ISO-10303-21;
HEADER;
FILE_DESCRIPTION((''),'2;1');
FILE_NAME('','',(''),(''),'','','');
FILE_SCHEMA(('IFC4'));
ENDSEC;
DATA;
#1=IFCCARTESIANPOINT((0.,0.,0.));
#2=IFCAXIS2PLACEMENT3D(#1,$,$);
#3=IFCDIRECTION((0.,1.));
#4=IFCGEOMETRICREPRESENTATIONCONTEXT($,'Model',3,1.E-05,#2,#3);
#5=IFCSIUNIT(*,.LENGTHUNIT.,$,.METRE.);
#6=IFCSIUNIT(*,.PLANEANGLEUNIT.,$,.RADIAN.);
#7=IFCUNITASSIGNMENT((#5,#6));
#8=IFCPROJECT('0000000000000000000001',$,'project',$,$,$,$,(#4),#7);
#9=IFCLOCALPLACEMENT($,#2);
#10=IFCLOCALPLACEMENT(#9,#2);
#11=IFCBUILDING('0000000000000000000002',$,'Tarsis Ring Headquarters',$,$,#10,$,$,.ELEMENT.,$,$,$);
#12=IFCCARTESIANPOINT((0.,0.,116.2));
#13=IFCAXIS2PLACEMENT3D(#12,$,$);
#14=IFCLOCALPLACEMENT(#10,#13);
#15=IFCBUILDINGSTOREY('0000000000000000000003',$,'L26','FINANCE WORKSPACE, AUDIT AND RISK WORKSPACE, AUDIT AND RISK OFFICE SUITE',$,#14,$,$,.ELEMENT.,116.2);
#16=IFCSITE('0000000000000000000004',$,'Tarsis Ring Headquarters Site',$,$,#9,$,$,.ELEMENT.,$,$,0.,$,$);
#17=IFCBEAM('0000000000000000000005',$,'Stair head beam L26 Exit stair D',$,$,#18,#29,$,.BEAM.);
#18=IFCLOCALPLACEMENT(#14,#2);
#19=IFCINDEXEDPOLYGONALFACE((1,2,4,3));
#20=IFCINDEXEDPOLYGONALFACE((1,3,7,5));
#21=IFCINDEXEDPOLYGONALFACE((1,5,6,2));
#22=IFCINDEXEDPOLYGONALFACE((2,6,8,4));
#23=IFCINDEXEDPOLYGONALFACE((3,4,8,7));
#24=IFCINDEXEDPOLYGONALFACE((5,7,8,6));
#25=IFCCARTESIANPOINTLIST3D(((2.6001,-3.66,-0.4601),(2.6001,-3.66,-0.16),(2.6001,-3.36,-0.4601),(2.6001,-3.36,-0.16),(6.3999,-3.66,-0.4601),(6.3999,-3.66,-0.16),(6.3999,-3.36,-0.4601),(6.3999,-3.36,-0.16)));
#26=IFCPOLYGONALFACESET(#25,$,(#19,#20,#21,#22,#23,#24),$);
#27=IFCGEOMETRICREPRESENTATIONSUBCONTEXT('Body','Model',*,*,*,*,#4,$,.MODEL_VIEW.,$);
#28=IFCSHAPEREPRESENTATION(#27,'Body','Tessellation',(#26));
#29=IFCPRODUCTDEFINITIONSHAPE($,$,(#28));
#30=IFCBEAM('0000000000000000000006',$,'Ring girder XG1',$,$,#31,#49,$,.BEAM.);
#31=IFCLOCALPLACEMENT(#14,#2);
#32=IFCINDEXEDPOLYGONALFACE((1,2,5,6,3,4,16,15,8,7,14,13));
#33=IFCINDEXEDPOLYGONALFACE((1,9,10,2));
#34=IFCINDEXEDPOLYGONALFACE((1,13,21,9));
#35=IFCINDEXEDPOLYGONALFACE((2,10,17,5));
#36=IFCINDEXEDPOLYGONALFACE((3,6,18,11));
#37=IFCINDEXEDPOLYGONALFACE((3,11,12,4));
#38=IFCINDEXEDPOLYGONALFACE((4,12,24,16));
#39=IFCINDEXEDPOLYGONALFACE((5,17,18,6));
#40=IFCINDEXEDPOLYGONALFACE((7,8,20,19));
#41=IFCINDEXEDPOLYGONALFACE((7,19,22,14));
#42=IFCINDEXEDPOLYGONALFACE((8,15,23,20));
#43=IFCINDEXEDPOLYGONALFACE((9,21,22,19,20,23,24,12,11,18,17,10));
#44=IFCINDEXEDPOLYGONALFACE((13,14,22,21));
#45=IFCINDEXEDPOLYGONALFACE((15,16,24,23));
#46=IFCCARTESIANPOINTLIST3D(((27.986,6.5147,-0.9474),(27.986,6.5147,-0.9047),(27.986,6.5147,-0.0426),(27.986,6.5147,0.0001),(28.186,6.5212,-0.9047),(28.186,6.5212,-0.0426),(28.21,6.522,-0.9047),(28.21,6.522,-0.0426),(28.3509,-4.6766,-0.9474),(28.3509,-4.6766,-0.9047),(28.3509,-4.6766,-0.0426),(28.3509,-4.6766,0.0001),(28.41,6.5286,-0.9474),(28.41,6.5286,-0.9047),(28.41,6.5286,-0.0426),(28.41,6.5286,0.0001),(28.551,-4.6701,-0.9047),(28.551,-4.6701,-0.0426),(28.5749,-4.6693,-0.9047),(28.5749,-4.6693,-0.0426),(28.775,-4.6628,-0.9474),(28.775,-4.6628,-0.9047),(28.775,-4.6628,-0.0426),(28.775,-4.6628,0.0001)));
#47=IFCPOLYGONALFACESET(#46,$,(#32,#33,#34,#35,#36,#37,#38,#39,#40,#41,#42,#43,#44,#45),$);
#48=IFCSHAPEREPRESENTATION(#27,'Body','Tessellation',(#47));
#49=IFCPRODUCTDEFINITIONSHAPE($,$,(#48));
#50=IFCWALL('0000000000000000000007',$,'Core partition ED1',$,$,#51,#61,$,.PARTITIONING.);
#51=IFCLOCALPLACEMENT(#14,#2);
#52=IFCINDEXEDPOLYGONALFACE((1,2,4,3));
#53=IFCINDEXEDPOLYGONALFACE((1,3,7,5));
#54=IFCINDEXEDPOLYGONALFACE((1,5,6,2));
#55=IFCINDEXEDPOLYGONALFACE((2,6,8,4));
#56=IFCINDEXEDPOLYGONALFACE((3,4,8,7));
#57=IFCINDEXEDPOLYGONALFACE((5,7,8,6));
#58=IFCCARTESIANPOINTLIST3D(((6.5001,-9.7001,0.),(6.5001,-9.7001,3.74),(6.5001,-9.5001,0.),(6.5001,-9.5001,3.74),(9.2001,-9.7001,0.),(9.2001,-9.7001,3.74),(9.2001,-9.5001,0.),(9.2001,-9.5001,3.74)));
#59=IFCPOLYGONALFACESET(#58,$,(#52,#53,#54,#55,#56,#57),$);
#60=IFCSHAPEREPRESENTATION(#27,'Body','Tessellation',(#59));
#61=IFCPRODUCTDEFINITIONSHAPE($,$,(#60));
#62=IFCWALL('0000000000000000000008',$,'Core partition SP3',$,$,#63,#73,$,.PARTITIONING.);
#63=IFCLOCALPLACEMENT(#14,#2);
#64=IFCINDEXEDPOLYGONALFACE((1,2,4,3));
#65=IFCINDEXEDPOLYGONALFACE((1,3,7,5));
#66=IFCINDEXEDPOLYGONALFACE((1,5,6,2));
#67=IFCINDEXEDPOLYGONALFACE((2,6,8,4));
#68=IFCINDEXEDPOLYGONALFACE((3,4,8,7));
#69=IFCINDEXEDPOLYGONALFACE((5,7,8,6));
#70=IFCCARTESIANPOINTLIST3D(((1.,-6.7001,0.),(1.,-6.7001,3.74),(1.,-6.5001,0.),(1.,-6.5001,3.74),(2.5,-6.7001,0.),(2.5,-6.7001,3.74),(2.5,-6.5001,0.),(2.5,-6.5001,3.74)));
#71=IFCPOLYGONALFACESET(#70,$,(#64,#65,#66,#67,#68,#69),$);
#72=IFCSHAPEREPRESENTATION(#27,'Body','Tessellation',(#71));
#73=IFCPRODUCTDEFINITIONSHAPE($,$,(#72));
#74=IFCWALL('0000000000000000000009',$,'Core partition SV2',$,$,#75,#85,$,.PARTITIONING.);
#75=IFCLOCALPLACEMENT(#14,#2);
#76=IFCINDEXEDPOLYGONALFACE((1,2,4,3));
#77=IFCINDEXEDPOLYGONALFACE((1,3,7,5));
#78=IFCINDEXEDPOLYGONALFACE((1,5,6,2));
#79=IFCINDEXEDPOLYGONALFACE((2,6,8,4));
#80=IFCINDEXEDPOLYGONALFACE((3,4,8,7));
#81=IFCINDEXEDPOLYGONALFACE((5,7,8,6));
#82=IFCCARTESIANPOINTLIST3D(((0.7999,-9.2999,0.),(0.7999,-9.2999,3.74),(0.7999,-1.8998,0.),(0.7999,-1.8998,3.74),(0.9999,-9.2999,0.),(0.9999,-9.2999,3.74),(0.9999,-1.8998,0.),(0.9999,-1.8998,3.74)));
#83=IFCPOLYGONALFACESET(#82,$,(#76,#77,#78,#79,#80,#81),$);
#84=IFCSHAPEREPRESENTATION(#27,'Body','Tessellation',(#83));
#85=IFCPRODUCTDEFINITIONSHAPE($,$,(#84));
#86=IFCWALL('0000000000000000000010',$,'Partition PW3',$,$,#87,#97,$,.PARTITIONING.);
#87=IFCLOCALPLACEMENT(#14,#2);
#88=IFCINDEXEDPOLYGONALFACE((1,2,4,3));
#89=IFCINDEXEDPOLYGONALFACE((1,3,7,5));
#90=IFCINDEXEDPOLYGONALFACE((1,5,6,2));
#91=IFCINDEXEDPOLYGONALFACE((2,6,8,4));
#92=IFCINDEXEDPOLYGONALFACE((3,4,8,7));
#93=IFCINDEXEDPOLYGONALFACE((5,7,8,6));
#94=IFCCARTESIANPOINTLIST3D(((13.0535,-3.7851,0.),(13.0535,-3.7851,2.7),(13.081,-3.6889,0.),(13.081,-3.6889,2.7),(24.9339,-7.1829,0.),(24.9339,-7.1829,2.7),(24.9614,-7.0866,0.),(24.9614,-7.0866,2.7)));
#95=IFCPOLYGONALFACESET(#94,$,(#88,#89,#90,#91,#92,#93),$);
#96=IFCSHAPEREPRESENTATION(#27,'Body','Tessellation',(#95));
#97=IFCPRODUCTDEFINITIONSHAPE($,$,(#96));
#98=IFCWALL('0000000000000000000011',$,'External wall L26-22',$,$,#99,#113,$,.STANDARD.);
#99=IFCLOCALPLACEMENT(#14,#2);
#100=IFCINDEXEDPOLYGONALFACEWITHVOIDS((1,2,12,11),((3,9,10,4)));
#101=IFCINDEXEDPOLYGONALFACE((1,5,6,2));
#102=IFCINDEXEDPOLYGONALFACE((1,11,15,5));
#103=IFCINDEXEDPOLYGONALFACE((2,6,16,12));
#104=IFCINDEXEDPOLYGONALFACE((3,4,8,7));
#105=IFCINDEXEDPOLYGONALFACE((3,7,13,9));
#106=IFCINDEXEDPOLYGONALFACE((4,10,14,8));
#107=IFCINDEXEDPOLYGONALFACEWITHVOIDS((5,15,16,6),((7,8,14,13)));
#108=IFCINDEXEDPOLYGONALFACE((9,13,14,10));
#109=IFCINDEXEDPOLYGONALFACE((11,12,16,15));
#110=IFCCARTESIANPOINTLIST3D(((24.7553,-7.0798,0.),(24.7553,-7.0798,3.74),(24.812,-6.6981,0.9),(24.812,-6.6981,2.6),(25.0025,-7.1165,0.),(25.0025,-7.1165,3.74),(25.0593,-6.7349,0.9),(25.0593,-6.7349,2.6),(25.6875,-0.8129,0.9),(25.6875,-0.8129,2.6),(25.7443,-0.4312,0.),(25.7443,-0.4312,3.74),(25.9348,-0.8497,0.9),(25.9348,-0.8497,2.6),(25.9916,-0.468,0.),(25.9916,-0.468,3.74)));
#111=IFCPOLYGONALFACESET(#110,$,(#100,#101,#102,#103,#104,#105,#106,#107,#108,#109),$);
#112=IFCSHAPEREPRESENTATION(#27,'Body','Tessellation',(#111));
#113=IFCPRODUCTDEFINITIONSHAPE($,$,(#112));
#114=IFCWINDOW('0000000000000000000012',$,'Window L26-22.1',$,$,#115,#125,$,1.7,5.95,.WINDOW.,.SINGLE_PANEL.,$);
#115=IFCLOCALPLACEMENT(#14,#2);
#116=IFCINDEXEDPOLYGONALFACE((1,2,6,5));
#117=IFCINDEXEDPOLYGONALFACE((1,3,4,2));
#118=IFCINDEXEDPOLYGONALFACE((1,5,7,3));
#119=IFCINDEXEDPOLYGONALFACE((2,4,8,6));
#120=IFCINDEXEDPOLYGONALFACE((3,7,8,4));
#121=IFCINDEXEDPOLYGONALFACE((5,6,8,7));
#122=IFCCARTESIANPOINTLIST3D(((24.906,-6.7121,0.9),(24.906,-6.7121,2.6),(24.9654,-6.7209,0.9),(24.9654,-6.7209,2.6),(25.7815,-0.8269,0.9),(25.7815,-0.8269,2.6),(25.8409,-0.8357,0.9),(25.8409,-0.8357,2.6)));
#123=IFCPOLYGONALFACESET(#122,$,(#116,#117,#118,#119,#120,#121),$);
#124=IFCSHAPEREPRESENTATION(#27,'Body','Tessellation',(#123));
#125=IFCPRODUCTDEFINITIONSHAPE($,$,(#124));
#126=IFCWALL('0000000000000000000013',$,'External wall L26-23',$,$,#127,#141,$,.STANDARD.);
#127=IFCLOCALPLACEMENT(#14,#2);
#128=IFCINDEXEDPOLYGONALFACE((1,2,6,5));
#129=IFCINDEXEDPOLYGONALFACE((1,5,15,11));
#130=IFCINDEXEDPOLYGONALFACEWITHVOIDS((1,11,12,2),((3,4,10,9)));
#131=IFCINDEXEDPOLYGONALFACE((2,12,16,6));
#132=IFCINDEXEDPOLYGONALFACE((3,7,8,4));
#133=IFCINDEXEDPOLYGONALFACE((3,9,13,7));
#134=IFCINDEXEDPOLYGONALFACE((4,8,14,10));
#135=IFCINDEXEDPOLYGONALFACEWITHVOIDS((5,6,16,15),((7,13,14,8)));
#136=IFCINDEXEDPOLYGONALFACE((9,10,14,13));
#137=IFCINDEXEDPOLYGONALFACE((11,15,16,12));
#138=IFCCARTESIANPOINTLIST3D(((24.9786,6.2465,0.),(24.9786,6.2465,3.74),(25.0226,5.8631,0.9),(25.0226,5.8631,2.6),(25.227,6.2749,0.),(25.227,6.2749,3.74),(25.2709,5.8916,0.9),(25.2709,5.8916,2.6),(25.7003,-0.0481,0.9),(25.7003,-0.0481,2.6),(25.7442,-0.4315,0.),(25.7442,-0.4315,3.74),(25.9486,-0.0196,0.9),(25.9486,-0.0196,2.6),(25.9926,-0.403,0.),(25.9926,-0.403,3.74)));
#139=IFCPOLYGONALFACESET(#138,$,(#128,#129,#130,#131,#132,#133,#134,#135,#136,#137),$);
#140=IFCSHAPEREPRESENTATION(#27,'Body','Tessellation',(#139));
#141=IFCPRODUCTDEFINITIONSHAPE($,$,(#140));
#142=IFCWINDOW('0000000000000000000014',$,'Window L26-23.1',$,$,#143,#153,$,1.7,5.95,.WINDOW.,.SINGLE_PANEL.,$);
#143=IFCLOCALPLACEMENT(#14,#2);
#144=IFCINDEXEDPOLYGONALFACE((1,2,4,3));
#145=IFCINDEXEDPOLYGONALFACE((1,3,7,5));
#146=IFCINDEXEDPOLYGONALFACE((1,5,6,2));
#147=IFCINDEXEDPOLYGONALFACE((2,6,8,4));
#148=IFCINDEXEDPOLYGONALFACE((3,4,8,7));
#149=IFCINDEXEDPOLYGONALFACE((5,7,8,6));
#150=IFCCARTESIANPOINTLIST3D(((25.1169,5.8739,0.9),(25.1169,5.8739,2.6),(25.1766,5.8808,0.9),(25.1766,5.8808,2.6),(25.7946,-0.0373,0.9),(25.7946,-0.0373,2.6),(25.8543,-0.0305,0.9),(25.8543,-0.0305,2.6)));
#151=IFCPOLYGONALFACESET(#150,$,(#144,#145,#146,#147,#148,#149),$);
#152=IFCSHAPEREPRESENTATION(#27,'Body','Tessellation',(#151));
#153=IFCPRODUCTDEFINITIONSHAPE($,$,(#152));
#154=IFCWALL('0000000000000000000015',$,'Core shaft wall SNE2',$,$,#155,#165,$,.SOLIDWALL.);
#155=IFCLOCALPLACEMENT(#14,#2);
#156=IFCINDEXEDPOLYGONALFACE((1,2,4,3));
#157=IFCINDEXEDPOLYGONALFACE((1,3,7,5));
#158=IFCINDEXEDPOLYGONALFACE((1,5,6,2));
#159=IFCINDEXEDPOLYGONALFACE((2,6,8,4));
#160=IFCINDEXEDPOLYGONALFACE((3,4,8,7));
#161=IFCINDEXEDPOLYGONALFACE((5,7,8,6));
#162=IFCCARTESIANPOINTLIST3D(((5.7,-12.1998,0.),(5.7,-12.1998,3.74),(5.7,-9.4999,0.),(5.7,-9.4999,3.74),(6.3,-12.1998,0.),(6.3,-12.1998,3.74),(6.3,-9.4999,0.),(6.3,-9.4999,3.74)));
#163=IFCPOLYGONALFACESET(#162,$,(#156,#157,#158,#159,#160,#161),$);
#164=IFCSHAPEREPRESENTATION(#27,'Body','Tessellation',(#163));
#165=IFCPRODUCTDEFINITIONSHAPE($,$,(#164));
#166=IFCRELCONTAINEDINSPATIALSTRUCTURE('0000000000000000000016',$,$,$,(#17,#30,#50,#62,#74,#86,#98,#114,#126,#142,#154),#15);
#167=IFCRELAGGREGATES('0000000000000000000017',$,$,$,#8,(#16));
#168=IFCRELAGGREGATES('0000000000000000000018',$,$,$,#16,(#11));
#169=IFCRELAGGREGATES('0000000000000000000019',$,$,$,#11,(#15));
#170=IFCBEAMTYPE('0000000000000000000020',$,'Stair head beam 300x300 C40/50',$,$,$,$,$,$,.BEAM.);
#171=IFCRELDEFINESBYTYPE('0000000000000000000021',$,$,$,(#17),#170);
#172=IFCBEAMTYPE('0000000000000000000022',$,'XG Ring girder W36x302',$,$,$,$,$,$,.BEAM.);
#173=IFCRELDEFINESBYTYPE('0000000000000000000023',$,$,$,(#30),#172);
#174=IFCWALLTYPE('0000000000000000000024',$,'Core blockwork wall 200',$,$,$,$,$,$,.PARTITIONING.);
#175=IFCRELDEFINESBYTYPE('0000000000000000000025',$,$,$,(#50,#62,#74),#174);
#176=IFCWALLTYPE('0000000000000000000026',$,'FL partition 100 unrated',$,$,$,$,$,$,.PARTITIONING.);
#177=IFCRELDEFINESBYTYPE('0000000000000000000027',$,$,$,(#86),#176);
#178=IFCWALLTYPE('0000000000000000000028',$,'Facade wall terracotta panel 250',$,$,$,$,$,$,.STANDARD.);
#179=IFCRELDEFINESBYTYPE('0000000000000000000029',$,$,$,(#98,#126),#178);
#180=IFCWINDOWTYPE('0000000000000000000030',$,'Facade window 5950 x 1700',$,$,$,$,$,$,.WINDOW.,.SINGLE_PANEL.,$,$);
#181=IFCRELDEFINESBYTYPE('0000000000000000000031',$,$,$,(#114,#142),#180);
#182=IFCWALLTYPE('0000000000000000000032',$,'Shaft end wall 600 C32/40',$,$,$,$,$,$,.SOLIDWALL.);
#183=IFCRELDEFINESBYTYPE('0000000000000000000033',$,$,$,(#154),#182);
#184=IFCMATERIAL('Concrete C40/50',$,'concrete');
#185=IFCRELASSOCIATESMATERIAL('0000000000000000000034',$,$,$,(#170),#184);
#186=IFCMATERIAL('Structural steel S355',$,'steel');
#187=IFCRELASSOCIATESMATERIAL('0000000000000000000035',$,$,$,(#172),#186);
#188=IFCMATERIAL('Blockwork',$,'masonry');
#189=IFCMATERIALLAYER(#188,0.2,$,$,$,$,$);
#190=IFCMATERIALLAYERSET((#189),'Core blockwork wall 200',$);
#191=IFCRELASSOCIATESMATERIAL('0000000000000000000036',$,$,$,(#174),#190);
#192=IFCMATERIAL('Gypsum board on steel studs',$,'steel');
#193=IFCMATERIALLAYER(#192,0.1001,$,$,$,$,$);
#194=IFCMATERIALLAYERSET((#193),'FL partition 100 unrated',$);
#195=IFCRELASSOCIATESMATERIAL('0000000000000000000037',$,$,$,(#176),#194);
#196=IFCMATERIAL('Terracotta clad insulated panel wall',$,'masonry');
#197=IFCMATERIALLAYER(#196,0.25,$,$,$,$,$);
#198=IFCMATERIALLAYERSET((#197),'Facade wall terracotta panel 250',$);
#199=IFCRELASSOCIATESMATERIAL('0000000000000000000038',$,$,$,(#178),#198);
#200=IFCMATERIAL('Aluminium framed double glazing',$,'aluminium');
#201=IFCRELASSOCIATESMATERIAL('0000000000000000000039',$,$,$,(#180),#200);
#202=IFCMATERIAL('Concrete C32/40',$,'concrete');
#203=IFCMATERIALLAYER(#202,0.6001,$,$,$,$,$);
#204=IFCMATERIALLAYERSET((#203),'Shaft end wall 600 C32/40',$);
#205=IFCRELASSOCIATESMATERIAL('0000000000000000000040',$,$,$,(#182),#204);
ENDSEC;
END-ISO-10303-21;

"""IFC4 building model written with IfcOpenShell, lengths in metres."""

from ifc_helpers import new_model, si_unit, direction, frame, frame_2d, origin, origin_2d, place, context, subcontext, project, spatial, rectangle, i_section, extrude, material, layer, layer_set, material_profile, profile_set, type_object, element, fill, save


model = new_model("IFC4")

# Units and contexts
model_context = context("Model", 3, precision=1e-05, world=origin(), true_north=direction((0.0, 1.0)))
body_context = subcontext(model_context, "Body", "Model", "MODEL_VIEW")
ifc_project = project(units=[si_unit("LENGTHUNIT", "METRE"), si_unit("PLANEANGLEUNIT", "RADIAN")], contexts=[model_context])

# Site, building, storey
site_placement = place(None, origin())
site = spatial("IfcSite", under=ifc_project, at=site_placement, Name="Tarsis Ring Headquarters Site", CompositionType="ELEMENT", RefElevation=0.0)
building_placement = place(site_placement, origin())
building = spatial("IfcBuilding", under=site, at=building_placement, Name="Tarsis Ring Headquarters", CompositionType="ELEMENT")
storey_placement = place(building_placement, frame((0.0, 0.0, 116.2)))
storey = spatial("IfcBuildingStorey", under=building, at=storey_placement, Name="L26", Description="FINANCE WORKSPACE, AUDIT AND RISK WORKSPACE, AUDIT AND RISK OFFICE SUITE", CompositionType="ELEMENT", Elevation=116.2)

# Shared definitions
ifc_material_1 = material(Name="Structural steel S355", Category="steel")

# Beams
ifc_material_2 = material(Name="Concrete C40/50", Category="concrete")
ifc_material_profile_1 = material_profile(ifc_material_2, rectangle(XDim=0.3, YDim=0.3, at=origin_2d()), Name="Stair head beam 300x300 C40/50")
ifc_profile_set_1 = profile_set([ifc_material_profile_1], Name="Concrete C40/50")
beam_type_1 = type_object("IfcBeamType", Name="Stair head beam 300x300 C40/50", PredefinedType="BEAM", material=ifc_profile_set_1)
beam_1_placement = place(storey_placement, frame((2.6001, -3.51, -0.3101), z_axis=(1.0, 0.0, 0.0), x_axis=(0.0, 1.0, 0.0)))
element("IfcBeam", 1, at=beam_1_placement, inside=storey, type_object=beam_type_1, Name="Stair head beam L26 Exit stair D", PredefinedType="BEAM", context=body_context, shape_type="SweptSolid", body=[
    extrude(rectangle(XDim=0.3, YDim=0.3, at=origin_2d()), origin(), (0.0, 0.0, 1.0), 3.7998),
])
ifc_material_profile_2 = material_profile(ifc_material_1, i_section(OverallWidth=0.4243, OverallDepth=0.9475, WebThickness=0.0239, FlangeThickness=0.0427, at=origin_2d()), Name="W36x302")
ifc_profile_set_2 = profile_set([ifc_material_profile_2], Name="Structural steel S355")
beam_type_2 = type_object("IfcBeamType", Name="XG Ring girder W36x302", PredefinedType="BEAM", material=ifc_profile_set_2)
beam_2_placement = place(storey_placement, frame((28.563, -4.6697, -0.4736), z_axis=(-0.032596, 0.999469, 0.0), x_axis=(-0.999469, -0.032596, 0.0)))
element("IfcBeam", 2, at=beam_2_placement, inside=storey, type_object=beam_type_2, Name="Ring girder XG1", PredefinedType="BEAM", context=body_context, shape_type="SweptSolid", body=[
    extrude(i_section(OverallWidth=0.4243, OverallDepth=0.9475, WebThickness=0.0239, FlangeThickness=0.0427, at=origin_2d()), origin(), (0.0, 0.0, 1.0), 11.1973),
])

# Walls
ifc_material_3 = material(Name="Blockwork", Category="masonry")
ifc_layer_1 = layer(ifc_material_3, 0.2)
ifc_layer_set_1 = layer_set([ifc_layer_1], Name="Core blockwork wall 200")
wall_type_1 = type_object("IfcWallType", Name="Core blockwork wall 200", PredefinedType="PARTITIONING", material=ifc_layer_set_1)
wall_1_placement = place(storey_placement, frame((6.5, -9.6001, 0.0), z_axis=(0.0, 0.0, 1.0), x_axis=(1.0, 0.0, 0.0)))
element("IfcWall", 3, at=wall_1_placement, inside=storey, type_object=wall_type_1, Name="Core partition ED1", PredefinedType="PARTITIONING", context=body_context, shape_type="SweptSolid", body=[
    extrude(rectangle(XDim=2.7, YDim=0.2, at=frame_2d((1.3501, 0.0))), origin(), (0.0, 0.0, 1.0), 3.74),
])
wall_2_placement = place(storey_placement, frame((1.0, -6.6001, 0.0), z_axis=(0.0, 0.0, 1.0), x_axis=(1.0, 0.0, 0.0)))
element("IfcWall", 4, at=wall_2_placement, inside=storey, type_object=wall_type_1, Name="Core partition SP3", PredefinedType="PARTITIONING", context=body_context, shape_type="SweptSolid", body=[
    extrude(rectangle(XDim=1.5, YDim=0.2, at=frame_2d((0.75, 0.0))), origin(), (0.0, 0.0, 1.0), 3.74),
])
wall_3_placement = place(storey_placement, frame((0.8999, -9.3, 0.0), z_axis=(0.0, 0.0, 1.0), x_axis=(0.0, 1.0, 0.0)))
element("IfcWall", 5, at=wall_3_placement, inside=storey, type_object=wall_type_1, Name="Core partition SV2", PredefinedType="PARTITIONING", context=body_context, shape_type="SweptSolid", body=[
    extrude(rectangle(XDim=7.4001, YDim=0.2, at=frame_2d((3.7002, 0.0))), origin(), (0.0, 0.0, 1.0), 3.74),
])
ifc_material_4 = material(Name="Gypsum board on steel studs", Category="steel")
ifc_layer_2 = layer(ifc_material_4, 0.1001)
ifc_layer_set_2 = layer_set([ifc_layer_2], Name="FL partition 100 unrated")
wall_type_2 = type_object("IfcWallType", Name="FL partition 100 unrated", PredefinedType="PARTITIONING", material=ifc_layer_set_2)
wall_4_placement = place(storey_placement, frame((13.0674, -3.7371, 0.0), z_axis=(0.0, 0.0, 1.0), x_axis=(0.961453, -0.274969, 0.0)))
element("IfcWall", 6, at=wall_4_placement, inside=storey, type_object=wall_type_2, Name="Partition PW3", PredefinedType="PARTITIONING", context=body_context, shape_type="SweptSolid", body=[
    extrude(rectangle(XDim=12.3567, YDim=0.1001, at=frame_2d((6.1782, 0.0))), origin(), (0.0, 0.0, 1.0), 2.7),
])

# Walls, openings, windows
ifc_material_5 = material(Name="Terracotta clad insulated panel wall", Category="masonry")
ifc_layer_3 = layer(ifc_material_5, 0.25)
ifc_layer_set_3 = layer_set([ifc_layer_3], Name="Facade wall terracotta panel 250")
wall_type_3 = type_object("IfcWallType", Name="Facade wall terracotta panel 250", PredefinedType="STANDARD", material=ifc_layer_set_3)
wall_5_placement = place(storey_placement, frame((24.8789, -7.0981, 0.0), z_axis=(0.0, 0.0, 1.0), x_axis=(0.14714, 0.989116, 0.0)))
wall_5 = element("IfcWall", 7, at=wall_5_placement, inside=storey, type_object=wall_type_3, Name="External wall L26-22", PredefinedType="STANDARD", context=body_context, shape_type="SweptSolid", body=[
    extrude(rectangle(XDim=6.7217, YDim=0.25, at=frame_2d((3.3608, 0.0))), origin(), (0.0, 0.0, 1.0), 3.74),
])
opening_1_placement = place(wall_5_placement, frame((0.3857, 0.0, 0.8999)))
opening_1 = element("IfcOpeningElement", 8, at=opening_1_placement, cuts=wall_5, PredefinedType="OPENING", context=body_context, shape_type="SweptSolid", body=[
    extrude(rectangle(XDim=5.95, YDim=1.7, at=frame_2d((2.9751, 0.8501))), frame((0.0, 0.135, 0.0), z_axis=(0.0, -1.0, 0.0), x_axis=(1.0, 0.0, 0.0)), (0.0, 0.0, 1.0), 0.27),
])
ifc_material_6 = material(Name="Aluminium framed double glazing", Category="aluminium")
window_type = type_object("IfcWindowType", Name="Facade window 5950 x 1700", PartitioningType="SINGLE_PANEL", PredefinedType="WINDOW", material=ifc_material_6)
window_1_placement = place(opening_1_placement, origin())
window_1 = element("IfcWindow", 9, at=window_1_placement, inside=storey, type_object=window_type, Name="Window L26-22.1", OverallHeight=1.7, OverallWidth=5.95, PartitioningType="SINGLE_PANEL", PredefinedType="WINDOW", context=body_context, shape_type="SweptSolid", body=[
    extrude(rectangle(XDim=5.95, YDim=1.7, at=frame_2d((2.9751, 0.8501))), frame((0.0, 0.03, 0.0), z_axis=(0.0, -1.0, 0.0), x_axis=(1.0, 0.0, 0.0)), (0.0, 0.0, 1.0), 0.0601),
])
fill(opening_1, window_1)
wall_6_placement = place(storey_placement, frame((25.8684, -0.4172, 0.0), z_axis=(0.0, 0.0, 1.0), x_axis=(-0.113903, 0.993492, 0.0)))
wall_6 = element("IfcWall", 10, at=wall_6_placement, inside=storey, type_object=wall_type_3, Name="External wall L26-23", PredefinedType="STANDARD", context=body_context, shape_type="SweptSolid", body=[
    extrude(rectangle(XDim=6.7217, YDim=0.25, at=frame_2d((3.3608, 0.0))), origin(), (0.0, 0.0, 1.0), 3.74),
])
opening_2_placement = place(wall_6_placement, frame((0.3857, 0.0, 0.8999)))
opening_2 = element("IfcOpeningElement", 11, at=opening_2_placement, cuts=wall_6, PredefinedType="OPENING", context=body_context, shape_type="SweptSolid", body=[
    extrude(rectangle(XDim=5.95, YDim=1.7, at=frame_2d((2.9751, 0.8501))), frame((0.0, 0.135, 0.0), z_axis=(0.0, -1.0, 0.0), x_axis=(1.0, 0.0, 0.0)), (0.0, 0.0, 1.0), 0.27),
])
window_2_placement = place(opening_2_placement, origin())
window_2 = element("IfcWindow", 12, at=window_2_placement, inside=storey, type_object=window_type, Name="Window L26-23.1", OverallHeight=1.7, OverallWidth=5.95, PartitioningType="SINGLE_PANEL", PredefinedType="WINDOW", context=body_context, shape_type="SweptSolid", body=[
    extrude(rectangle(XDim=5.95, YDim=1.7, at=frame_2d((2.9751, 0.8501))), frame((0.0, 0.03, 0.0), z_axis=(0.0, -1.0, 0.0), x_axis=(1.0, 0.0, 0.0)), (0.0, 0.0, 1.0), 0.0601),
])
fill(opening_2, window_2)

# Wall
ifc_material_7 = material(Name="Concrete C32/40", Category="concrete")
ifc_layer_4 = layer(ifc_material_7, 0.6001)
ifc_layer_set_4 = layer_set([ifc_layer_4], Name="Shaft end wall 600 C32/40")
wall_type_4 = type_object("IfcWallType", Name="Shaft end wall 600 C32/40", PredefinedType="SOLIDWALL", material=ifc_layer_set_4)
wall_7_placement = place(storey_placement, frame((6.0, -12.2, 0.0), z_axis=(0.0, 0.0, 1.0), x_axis=(0.0, 1.0, 0.0)))
element("IfcWall", 13, at=wall_7_placement, inside=storey, type_object=wall_type_4, Name="Core shaft wall SNE2", PredefinedType="SOLIDWALL", context=body_context, shape_type="SweptSolid", body=[
    extrude(rectangle(XDim=2.7, YDim=0.6001, at=frame_2d((1.3501, 0.0))), origin(), (0.0, 0.0, 1.0), 3.74),
])

save(model, "model.ifc")
